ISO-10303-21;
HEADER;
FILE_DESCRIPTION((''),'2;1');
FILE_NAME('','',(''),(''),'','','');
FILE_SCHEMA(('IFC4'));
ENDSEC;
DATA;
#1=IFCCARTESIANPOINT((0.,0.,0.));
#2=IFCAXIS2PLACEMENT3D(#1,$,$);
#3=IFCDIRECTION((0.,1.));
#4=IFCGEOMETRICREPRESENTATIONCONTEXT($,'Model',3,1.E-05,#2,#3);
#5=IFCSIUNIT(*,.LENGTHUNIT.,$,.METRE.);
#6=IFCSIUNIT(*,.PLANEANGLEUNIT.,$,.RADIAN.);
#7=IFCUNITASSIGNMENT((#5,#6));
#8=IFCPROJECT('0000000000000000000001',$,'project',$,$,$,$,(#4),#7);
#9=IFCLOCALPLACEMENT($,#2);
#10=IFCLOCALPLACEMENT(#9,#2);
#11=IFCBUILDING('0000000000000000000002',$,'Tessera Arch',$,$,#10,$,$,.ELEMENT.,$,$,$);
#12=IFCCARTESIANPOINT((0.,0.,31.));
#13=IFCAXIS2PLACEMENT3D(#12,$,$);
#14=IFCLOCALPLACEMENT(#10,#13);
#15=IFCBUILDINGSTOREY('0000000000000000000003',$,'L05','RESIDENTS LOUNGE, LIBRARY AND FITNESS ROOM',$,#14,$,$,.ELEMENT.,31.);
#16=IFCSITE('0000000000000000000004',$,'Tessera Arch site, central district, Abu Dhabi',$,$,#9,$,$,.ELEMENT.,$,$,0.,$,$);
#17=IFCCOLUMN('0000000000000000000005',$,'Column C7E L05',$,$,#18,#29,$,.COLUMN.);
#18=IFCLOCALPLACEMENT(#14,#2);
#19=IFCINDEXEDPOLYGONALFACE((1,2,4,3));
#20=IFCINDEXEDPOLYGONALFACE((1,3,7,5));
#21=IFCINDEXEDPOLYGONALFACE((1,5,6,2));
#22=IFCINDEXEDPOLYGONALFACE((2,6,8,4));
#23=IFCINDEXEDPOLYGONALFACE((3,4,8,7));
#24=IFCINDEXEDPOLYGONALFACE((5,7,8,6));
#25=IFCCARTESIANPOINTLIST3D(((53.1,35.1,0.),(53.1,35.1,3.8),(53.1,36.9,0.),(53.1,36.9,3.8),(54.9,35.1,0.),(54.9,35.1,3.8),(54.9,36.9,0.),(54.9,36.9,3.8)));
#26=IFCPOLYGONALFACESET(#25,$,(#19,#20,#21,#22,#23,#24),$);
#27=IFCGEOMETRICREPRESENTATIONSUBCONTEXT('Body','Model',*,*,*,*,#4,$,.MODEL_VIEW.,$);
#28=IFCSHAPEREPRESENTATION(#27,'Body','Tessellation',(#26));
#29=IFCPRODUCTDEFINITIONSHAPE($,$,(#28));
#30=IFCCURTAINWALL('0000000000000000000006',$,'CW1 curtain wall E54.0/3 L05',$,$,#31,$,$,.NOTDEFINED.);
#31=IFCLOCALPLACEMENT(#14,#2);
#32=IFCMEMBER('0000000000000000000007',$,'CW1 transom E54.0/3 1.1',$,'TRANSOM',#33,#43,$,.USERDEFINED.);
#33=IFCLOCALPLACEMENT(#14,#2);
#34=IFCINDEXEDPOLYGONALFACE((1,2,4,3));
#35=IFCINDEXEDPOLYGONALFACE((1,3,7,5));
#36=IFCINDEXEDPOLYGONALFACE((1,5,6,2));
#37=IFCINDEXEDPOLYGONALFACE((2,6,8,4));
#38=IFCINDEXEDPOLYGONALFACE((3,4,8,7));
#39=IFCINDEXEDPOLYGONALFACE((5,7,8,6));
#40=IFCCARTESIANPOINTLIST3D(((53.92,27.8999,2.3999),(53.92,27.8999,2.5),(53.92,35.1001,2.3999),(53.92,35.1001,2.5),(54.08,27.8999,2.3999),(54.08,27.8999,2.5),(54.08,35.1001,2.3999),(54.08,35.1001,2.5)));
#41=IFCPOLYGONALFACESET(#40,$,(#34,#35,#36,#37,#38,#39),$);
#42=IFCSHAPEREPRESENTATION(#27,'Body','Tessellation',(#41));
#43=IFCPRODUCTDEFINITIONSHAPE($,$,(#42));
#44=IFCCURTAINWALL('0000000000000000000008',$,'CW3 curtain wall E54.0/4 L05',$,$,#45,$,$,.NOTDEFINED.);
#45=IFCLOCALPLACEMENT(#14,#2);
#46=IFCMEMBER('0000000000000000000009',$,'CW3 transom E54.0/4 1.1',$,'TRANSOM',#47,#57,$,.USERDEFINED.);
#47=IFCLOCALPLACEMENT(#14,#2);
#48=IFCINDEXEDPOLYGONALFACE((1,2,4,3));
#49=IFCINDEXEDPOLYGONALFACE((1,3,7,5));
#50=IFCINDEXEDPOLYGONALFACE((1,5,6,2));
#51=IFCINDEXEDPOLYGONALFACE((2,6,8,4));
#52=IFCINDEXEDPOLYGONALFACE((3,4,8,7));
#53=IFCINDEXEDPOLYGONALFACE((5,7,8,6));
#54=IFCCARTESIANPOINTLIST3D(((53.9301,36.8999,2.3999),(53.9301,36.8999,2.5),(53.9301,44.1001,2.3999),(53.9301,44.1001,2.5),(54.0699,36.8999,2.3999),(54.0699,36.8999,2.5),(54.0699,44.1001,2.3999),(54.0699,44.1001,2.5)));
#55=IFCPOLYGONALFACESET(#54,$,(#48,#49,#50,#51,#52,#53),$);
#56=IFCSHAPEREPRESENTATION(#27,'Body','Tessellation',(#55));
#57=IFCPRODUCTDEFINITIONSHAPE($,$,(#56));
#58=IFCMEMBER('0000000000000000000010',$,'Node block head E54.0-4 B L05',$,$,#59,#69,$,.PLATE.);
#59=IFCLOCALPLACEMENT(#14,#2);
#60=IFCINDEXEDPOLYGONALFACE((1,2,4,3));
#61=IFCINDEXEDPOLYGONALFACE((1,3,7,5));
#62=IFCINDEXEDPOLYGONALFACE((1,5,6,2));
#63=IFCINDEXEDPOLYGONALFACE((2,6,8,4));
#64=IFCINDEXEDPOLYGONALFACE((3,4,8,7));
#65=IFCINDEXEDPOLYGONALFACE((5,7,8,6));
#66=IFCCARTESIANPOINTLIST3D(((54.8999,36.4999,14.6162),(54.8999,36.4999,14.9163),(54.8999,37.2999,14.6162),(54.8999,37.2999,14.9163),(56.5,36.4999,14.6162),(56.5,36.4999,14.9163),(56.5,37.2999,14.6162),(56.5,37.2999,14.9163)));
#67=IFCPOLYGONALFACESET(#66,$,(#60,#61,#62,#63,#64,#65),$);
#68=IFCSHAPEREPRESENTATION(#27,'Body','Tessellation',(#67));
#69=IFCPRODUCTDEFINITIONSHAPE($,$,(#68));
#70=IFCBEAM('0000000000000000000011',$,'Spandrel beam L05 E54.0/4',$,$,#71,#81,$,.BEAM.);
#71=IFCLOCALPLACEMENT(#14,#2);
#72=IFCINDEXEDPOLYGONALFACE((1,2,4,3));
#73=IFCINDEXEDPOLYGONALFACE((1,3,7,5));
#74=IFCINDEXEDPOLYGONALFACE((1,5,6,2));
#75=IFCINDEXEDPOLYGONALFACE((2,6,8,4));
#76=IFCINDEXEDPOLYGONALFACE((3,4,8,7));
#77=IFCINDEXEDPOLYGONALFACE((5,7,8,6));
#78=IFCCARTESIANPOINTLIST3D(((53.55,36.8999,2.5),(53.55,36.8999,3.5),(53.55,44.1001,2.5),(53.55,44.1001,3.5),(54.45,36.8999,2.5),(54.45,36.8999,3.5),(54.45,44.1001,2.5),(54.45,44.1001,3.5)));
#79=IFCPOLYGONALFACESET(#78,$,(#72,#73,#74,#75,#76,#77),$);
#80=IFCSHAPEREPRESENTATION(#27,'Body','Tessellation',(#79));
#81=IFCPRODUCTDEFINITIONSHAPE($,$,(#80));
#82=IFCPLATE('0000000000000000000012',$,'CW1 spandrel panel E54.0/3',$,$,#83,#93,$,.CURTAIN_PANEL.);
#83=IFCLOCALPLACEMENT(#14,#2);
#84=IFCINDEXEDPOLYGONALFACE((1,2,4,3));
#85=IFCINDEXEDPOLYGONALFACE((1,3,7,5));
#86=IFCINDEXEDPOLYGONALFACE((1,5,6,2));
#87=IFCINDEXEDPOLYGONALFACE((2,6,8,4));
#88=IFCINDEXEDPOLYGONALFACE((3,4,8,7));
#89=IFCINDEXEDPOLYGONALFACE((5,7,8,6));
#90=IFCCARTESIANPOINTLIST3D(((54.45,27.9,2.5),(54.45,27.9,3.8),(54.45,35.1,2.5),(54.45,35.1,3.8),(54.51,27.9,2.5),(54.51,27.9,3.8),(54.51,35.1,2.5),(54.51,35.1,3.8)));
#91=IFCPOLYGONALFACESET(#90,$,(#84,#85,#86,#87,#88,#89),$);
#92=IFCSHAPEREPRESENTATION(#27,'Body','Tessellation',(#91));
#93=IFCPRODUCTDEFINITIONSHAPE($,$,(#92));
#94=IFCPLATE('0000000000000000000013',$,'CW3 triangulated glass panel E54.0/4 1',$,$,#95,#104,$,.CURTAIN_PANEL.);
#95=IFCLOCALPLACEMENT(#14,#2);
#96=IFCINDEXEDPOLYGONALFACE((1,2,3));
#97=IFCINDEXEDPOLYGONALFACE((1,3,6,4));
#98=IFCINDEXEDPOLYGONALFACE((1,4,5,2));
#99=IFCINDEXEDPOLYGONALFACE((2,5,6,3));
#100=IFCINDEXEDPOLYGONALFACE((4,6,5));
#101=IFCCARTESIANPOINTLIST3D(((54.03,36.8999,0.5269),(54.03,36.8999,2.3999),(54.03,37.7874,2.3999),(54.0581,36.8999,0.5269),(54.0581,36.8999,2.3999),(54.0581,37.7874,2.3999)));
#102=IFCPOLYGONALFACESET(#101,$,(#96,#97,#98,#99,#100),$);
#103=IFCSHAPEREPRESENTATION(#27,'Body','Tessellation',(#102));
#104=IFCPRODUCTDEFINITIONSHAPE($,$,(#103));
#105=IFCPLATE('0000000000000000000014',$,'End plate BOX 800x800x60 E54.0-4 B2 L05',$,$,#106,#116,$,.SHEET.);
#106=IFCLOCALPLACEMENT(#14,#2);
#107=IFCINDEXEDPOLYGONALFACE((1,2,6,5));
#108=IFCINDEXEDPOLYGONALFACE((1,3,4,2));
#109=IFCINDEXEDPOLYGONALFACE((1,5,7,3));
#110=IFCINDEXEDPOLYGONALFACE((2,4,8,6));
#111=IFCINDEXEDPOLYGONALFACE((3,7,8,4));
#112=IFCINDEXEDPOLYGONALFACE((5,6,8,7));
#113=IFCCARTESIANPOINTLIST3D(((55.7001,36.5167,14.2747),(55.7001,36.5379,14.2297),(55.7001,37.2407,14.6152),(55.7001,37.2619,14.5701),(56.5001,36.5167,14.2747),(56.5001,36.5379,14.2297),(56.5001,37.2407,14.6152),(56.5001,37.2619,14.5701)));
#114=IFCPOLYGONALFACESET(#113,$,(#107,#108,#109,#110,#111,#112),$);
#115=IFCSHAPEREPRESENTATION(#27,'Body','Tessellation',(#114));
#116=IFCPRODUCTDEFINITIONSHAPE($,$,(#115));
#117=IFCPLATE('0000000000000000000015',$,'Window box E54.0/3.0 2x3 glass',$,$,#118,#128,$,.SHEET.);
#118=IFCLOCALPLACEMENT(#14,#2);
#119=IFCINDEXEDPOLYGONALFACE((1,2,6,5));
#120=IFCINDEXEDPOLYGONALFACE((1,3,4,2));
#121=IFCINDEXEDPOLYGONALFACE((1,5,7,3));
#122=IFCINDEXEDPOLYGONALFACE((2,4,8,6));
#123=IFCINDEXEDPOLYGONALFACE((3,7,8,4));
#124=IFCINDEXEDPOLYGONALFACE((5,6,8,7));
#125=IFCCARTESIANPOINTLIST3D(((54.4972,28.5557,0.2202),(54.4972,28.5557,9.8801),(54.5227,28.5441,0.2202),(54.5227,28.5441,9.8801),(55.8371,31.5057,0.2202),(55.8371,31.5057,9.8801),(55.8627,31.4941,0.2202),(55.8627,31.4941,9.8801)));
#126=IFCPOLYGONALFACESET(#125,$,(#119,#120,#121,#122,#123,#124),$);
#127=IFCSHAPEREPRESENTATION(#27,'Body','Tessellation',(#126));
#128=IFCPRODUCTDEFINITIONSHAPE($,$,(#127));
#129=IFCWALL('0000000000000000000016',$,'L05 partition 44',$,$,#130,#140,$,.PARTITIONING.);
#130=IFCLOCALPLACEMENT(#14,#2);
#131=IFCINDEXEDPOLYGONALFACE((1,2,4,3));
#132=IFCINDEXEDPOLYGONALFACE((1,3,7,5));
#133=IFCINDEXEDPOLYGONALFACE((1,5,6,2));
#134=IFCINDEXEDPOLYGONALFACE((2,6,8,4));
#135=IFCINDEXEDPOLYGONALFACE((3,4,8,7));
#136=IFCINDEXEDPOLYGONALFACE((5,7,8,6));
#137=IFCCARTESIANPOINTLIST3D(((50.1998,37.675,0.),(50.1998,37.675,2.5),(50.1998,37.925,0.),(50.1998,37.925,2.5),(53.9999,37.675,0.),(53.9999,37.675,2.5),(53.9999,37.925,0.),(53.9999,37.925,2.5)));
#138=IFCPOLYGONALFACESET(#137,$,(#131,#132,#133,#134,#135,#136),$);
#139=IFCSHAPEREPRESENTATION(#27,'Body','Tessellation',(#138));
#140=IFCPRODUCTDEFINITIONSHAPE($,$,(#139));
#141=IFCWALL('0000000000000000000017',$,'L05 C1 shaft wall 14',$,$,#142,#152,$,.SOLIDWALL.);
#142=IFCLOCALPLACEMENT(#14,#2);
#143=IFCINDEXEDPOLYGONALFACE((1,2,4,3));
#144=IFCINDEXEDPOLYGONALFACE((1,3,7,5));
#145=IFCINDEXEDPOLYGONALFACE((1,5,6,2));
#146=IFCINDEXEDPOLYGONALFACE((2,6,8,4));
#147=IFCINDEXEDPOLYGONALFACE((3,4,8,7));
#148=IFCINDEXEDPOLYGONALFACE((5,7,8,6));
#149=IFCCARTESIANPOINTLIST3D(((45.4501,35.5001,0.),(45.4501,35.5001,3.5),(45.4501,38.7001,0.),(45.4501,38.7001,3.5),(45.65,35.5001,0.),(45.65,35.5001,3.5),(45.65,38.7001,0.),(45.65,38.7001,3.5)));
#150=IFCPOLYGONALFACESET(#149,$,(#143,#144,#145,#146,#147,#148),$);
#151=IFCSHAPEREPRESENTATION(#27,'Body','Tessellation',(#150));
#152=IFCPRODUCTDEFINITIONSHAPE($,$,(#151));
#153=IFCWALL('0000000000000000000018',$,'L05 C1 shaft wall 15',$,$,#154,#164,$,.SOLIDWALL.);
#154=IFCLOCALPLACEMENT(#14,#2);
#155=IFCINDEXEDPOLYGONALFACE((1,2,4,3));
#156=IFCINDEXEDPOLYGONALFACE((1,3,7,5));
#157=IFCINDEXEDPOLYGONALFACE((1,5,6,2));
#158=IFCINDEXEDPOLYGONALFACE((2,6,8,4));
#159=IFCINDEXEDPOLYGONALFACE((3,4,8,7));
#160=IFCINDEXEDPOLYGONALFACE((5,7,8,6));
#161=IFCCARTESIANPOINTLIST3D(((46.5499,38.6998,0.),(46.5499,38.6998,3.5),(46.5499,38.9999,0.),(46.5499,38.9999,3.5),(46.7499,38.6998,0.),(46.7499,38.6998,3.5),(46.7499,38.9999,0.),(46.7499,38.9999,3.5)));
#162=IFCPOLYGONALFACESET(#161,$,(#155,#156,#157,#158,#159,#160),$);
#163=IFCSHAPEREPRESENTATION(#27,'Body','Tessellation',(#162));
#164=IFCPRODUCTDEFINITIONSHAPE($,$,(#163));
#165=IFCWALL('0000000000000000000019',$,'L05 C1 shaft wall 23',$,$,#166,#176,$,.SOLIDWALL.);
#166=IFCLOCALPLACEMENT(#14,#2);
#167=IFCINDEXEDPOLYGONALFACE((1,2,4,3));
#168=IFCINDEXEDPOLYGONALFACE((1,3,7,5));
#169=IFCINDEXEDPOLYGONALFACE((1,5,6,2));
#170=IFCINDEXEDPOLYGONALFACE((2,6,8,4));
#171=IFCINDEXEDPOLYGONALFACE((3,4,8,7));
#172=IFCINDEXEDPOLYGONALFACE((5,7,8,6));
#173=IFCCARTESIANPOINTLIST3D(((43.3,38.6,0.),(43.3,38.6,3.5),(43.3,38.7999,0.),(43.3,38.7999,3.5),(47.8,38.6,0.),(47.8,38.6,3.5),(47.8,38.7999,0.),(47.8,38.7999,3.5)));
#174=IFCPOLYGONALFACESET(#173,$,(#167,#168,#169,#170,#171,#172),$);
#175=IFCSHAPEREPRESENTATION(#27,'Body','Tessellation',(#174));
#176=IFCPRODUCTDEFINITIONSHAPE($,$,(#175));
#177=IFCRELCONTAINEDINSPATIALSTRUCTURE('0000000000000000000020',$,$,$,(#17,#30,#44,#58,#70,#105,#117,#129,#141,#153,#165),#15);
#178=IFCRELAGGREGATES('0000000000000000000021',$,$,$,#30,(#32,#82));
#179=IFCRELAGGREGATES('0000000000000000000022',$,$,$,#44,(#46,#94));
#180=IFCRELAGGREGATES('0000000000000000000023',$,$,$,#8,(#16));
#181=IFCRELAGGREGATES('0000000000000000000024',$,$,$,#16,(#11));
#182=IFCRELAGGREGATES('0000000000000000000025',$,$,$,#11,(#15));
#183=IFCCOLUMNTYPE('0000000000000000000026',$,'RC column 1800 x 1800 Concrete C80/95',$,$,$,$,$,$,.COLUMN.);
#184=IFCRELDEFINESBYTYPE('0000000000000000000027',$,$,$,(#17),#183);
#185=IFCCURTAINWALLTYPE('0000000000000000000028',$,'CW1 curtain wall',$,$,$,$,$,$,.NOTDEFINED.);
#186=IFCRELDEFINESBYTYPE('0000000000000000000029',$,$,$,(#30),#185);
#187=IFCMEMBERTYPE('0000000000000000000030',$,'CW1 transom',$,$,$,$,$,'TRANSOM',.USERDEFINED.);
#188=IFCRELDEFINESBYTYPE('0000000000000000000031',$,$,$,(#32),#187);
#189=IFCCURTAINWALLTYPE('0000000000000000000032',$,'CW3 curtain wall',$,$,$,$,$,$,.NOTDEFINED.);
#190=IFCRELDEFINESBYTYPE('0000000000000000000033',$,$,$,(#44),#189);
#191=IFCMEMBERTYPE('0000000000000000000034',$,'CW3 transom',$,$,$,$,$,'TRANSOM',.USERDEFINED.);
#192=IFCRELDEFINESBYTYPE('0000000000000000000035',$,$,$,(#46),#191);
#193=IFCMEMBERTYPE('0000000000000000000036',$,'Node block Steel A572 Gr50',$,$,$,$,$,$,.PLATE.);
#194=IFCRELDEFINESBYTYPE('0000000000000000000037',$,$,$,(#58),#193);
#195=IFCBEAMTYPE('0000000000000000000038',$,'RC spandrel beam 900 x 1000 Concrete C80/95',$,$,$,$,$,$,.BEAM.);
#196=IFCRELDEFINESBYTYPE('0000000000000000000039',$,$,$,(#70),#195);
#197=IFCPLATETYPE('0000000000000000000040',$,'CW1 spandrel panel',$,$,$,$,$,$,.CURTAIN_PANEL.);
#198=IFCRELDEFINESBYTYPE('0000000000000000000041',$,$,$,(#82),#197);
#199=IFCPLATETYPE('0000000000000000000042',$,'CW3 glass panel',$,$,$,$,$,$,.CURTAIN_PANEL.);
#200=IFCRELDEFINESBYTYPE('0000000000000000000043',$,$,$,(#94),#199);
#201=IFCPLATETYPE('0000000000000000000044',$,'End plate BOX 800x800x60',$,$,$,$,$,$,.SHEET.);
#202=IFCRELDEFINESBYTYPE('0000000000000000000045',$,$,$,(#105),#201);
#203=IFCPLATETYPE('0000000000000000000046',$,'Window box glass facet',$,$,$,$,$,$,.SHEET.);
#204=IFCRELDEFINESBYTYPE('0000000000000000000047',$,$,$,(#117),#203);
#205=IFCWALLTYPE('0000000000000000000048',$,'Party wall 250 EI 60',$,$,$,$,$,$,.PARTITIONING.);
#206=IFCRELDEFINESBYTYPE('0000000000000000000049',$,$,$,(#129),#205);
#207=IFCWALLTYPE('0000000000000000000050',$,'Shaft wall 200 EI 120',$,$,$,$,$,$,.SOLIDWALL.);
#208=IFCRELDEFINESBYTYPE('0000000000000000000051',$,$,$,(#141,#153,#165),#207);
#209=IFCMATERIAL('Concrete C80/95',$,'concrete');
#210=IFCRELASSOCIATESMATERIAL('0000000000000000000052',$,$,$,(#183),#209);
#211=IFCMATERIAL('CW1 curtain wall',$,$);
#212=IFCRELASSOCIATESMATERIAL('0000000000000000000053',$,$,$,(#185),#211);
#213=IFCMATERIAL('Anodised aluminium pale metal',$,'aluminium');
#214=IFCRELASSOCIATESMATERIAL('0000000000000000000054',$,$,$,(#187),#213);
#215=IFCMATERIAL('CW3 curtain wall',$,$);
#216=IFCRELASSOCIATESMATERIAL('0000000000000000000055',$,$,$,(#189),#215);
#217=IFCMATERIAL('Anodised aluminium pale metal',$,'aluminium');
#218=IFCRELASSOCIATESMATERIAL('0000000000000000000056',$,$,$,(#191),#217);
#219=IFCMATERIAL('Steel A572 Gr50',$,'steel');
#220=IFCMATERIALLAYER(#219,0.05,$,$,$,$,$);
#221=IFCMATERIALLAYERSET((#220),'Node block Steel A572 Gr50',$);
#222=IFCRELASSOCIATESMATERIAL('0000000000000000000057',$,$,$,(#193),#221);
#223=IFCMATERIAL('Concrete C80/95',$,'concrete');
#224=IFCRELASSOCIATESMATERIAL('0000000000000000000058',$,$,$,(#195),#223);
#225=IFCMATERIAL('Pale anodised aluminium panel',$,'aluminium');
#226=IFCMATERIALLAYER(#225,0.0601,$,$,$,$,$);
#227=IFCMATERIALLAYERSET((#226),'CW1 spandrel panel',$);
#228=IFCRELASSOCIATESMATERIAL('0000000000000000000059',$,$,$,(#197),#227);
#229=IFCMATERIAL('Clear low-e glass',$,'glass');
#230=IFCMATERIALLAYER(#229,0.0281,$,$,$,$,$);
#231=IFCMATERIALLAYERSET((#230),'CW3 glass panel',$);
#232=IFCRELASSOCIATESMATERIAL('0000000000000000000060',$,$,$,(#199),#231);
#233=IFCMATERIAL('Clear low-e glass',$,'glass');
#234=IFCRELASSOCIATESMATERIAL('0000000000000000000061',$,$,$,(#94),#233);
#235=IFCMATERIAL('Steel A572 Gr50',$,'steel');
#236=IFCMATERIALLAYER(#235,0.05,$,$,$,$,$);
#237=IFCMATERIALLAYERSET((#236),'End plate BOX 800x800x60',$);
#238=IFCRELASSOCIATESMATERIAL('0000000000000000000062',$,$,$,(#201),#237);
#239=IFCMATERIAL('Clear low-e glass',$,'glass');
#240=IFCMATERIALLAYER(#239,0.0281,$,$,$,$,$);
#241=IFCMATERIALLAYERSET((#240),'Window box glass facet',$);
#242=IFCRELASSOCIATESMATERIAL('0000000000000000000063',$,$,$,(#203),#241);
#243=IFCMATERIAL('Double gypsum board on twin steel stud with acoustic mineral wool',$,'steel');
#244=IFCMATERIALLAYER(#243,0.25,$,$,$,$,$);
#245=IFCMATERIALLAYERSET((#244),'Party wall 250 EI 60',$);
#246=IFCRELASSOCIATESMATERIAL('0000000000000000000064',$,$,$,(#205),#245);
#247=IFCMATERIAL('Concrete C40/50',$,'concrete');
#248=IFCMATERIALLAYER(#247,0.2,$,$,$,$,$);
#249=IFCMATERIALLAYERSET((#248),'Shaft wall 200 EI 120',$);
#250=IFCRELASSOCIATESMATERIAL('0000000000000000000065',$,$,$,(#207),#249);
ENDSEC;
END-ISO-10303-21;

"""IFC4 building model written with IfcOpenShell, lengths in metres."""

from ifc_helpers import new_model, si_unit, direction, frame, frame_2d, origin, origin_2d, place, context, subcontext, project, spatial, polyline, rectangle, outline, extrude, material, layer, layer_set, material_profile, profile_set, type_object, element, aggregate, save


model = new_model("IFC4")

# Units and contexts
model_context = context("Model", 3, precision=1e-05, world=origin(), true_north=direction((0.0, 1.0)))
body_context = subcontext(model_context, "Body", "Model", "MODEL_VIEW")
ifc_project = project(units=[si_unit("LENGTHUNIT", "METRE"), si_unit("PLANEANGLEUNIT", "RADIAN")], contexts=[model_context])

# Site, building, storey
site_placement = place(None, origin())
site = spatial("IfcSite", under=ifc_project, at=site_placement, Name="Tessera Arch site, central district, Abu Dhabi", CompositionType="ELEMENT", RefElevation=0.0)
building_placement = place(site_placement, origin())
building = spatial("IfcBuilding", under=site, at=building_placement, Name="Tessera Arch", CompositionType="ELEMENT")
storey_placement = place(building_placement, frame((0.0, 0.0, 31.0)))
storey = spatial("IfcBuildingStorey", under=building, at=storey_placement, Name="L05", Description="RESIDENTS LOUNGE, LIBRARY AND FITNESS ROOM", CompositionType="ELEMENT", Elevation=31.0)

# Column
ifc_material_1 = material(Name="Concrete C80/95", Category="concrete")
ifc_material_profile_1 = material_profile(ifc_material_1, rectangle(XDim=1.8, YDim=1.8, at=origin_2d()), Name="RC column 1800 x 1800 Concrete C80/95")
ifc_profile_set_1 = profile_set([ifc_material_profile_1], Name="Concrete C80/95")
column_type = type_object("IfcColumnType", Name="RC column 1800 x 1800 Concrete C80/95", PredefinedType="COLUMN", material=ifc_profile_set_1)
column_placement = place(storey_placement, frame((54.0, 36.0, 0.0), z_axis=(0.0, 0.0, 1.0), x_axis=(1.0, 0.0, 0.0)))
element("IfcColumn", 1, at=column_placement, inside=storey, type_object=column_type, Name="Column C7E L05", PredefinedType="COLUMN", context=body_context, shape_type="SweptSolid", body=[
    extrude(rectangle(XDim=1.8, YDim=1.8, at=origin_2d()), origin(), (0.0, 0.0, 1.0), 3.8),
])

# Curtain walls, members
ifc_material_2 = material(Name="CW1 curtain wall")
curtain_wall_type_1 = type_object("IfcCurtainWallType", Name="CW1 curtain wall", PredefinedType="NOTDEFINED", material=ifc_material_2)
curtain_wall_1_placement = place(storey_placement, origin())
curtain_wall_1 = element("IfcCurtainWall", 2, at=curtain_wall_1_placement, inside=storey, type_object=curtain_wall_type_1, Name="CW1 curtain wall E54.0/3 L05", PredefinedType="NOTDEFINED")
ifc_material_3 = material(Name="Anodised aluminium pale metal", Category="aluminium")
ifc_material_profile_2 = material_profile(ifc_material_3, rectangle(XDim=0.1599, YDim=0.1001, at=origin_2d()), Name="AL 160x100")
ifc_profile_set_2 = profile_set([ifc_material_profile_2], Name="Anodised aluminium pale metal")
member_type_1 = type_object("IfcMemberType", Name="CW1 transom", ElementType="TRANSOM", PredefinedType="USERDEFINED", material=ifc_profile_set_2)
member_1_placement = place(storey_placement, frame((54.0, 27.8999, 2.45), z_axis=(0.0, 1.0, 0.0), x_axis=(-1.0, 0.0, 0.0)))
member_1 = element("IfcMember", 3, at=member_1_placement, type_object=member_type_1, Name="CW1 transom E54.0/3 1.1", ObjectType="TRANSOM", PredefinedType="USERDEFINED", context=body_context, shape_type="SweptSolid", body=[
    extrude(rectangle(XDim=0.1599, YDim=0.1001, at=origin_2d()), origin(), (0.0, 0.0, 1.0), 7.2002),
])
ifc_material_4 = material(Name="CW3 curtain wall")
curtain_wall_type_2 = type_object("IfcCurtainWallType", Name="CW3 curtain wall", PredefinedType="NOTDEFINED", material=ifc_material_4)
curtain_wall_2_placement = place(storey_placement, origin())
curtain_wall_2 = element("IfcCurtainWall", 4, at=curtain_wall_2_placement, inside=storey, type_object=curtain_wall_type_2, Name="CW3 curtain wall E54.0/4 L05", PredefinedType="NOTDEFINED")
ifc_material_5 = material(Name="Anodised aluminium pale metal", Category="aluminium")
ifc_material_profile_3 = material_profile(ifc_material_5, rectangle(XDim=0.1399, YDim=0.1001, at=origin_2d()), Name="AL 140x100")
ifc_profile_set_3 = profile_set([ifc_material_profile_3], Name="Anodised aluminium pale metal")
member_type_2 = type_object("IfcMemberType", Name="CW3 transom", ElementType="TRANSOM", PredefinedType="USERDEFINED", material=ifc_profile_set_3)
member_2_placement = place(storey_placement, frame((54.0, 36.8999, 2.45), z_axis=(0.0, 1.0, 0.0), x_axis=(-1.0, 0.0, 0.0)))
member_2 = element("IfcMember", 5, at=member_2_placement, type_object=member_type_2, Name="CW3 transom E54.0/4 1.1", ObjectType="TRANSOM", PredefinedType="USERDEFINED", context=body_context, shape_type="SweptSolid", body=[
    extrude(rectangle(XDim=0.1399, YDim=0.1001, at=origin_2d()), origin(), (0.0, 0.0, 1.0), 7.2002),
])

# Member
ifc_material_6 = material(Name="Steel A572 Gr50", Category="steel")
ifc_layer_1 = layer(ifc_material_6, 0.05)
ifc_layer_set_1 = layer_set([ifc_layer_1], Name="Node block Steel A572 Gr50")
member_type_3 = type_object("IfcMemberType", Name="Node block Steel A572 Gr50", PredefinedType="PLATE", material=ifc_layer_set_1)
member_3_placement = place(storey_placement, frame((55.7, 36.8999, 14.6162), z_axis=(0.0, 0.0, 1.0), x_axis=(0.0, 1.0, 0.0)))
element("IfcMember", 6, at=member_3_placement, inside=storey, type_object=member_type_3, Name="Node block head E54.0-4 B L05", PredefinedType="PLATE", context=body_context, shape_type="SweptSolid", body=[
    extrude(rectangle(XDim=0.8, YDim=1.6001, at=origin_2d()), origin(), (0.0, 0.0, 1.0), 0.3),
])

# Beam
ifc_material_7 = material(Name="Concrete C80/95", Category="concrete")
ifc_material_profile_4 = material_profile(ifc_material_7, rectangle(XDim=0.8999, YDim=1.0, at=origin_2d()), Name="RC spandrel beam 900 x 1000 Concrete C80/95")
ifc_profile_set_4 = profile_set([ifc_material_profile_4], Name="Concrete C80/95")
beam_type = type_object("IfcBeamType", Name="RC spandrel beam 900 x 1000 Concrete C80/95", PredefinedType="BEAM", material=ifc_profile_set_4)
beam_placement = place(storey_placement, frame((54.0, 36.8999, 3.0), z_axis=(0.0, 1.0, 0.0), x_axis=(-1.0, 0.0, 0.0)))
element("IfcBeam", 7, at=beam_placement, inside=storey, type_object=beam_type, Name="Spandrel beam L05 E54.0/4", PredefinedType="BEAM", context=body_context, shape_type="SweptSolid", body=[
    extrude(rectangle(XDim=0.8999, YDim=1.0, at=origin_2d()), origin(), (0.0, 0.0, 1.0), 7.2002),
])

# Plates
ifc_material_8 = material(Name="Pale anodised aluminium panel", Category="aluminium")
ifc_layer_2 = layer(ifc_material_8, 0.0601)
ifc_layer_set_2 = layer_set([ifc_layer_2], Name="CW1 spandrel panel")
plate_type_1 = type_object("IfcPlateType", Name="CW1 spandrel panel", PredefinedType="CURTAIN_PANEL", material=ifc_layer_set_2)
plate_1_placement = place(storey_placement, frame((54.48, 31.5, 2.5), z_axis=(0.0, 0.0, 1.0), x_axis=(0.0, 1.0, 0.0)))
plate_1 = element("IfcPlate", 8, at=plate_1_placement, type_object=plate_type_1, Name="CW1 spandrel panel E54.0/3", PredefinedType="CURTAIN_PANEL", context=body_context, shape_type="SweptSolid", body=[
    extrude(rectangle(XDim=7.2, YDim=0.0601, at=origin_2d()), origin(), (0.0, 0.0, 1.0), 1.3),
])
aggregate(curtain_wall_1, [member_1, plate_1])
ifc_material_9 = material(Name="Clear low-e glass", Category="glass")
ifc_material_10 = material(Name="Clear low-e glass", Category="glass")
ifc_layer_3 = layer(ifc_material_10, 0.0281)
ifc_layer_set_3 = layer_set([ifc_layer_3], Name="CW3 glass panel")
plate_type_2 = type_object("IfcPlateType", Name="CW3 glass panel", PredefinedType="CURTAIN_PANEL", material=ifc_layer_set_3)
plate_2_placement = place(storey_placement, frame((54.0581, 36.8999, 2.3999), z_axis=(1.0, 0.0, 0.0), x_axis=(0.0, 0.0, -1.0)))
plate_2 = element("IfcPlate", 9, at=plate_2_placement, type_object=plate_type_2, material=ifc_material_9, Name="CW3 triangulated glass panel E54.0/4 1", PredefinedType="CURTAIN_PANEL", context=body_context, shape_type="SweptSolid", body=[
    extrude(outline(polyline([(0.0, 0.0), (1.873, 0.0), (0.0, 0.8875), (0.0, 0.0)])), origin(), (0.0, 0.0, -1.0), 0.0281),
])
aggregate(curtain_wall_2, [member_2, plate_2])

# Plates
ifc_material_11 = material(Name="Steel A572 Gr50", Category="steel")
ifc_layer_4 = layer(ifc_material_11, 0.05)
ifc_layer_set_4 = layer_set([ifc_layer_4], Name="End plate BOX 800x800x60")
plate_type_3 = type_object("IfcPlateType", Name="End plate BOX 800x800x60", PredefinedType="SHEET", material=ifc_layer_set_4)
plate_3_placement = place(storey_placement, frame((56.1001, 36.8999, 14.3999), z_axis=(0.0, -0.425561, 0.90493), x_axis=(1.0, 0.0, 0.0)))
element("IfcPlate", 10, at=plate_3_placement, inside=storey, type_object=plate_type_3, Name="End plate BOX 800x800x60 E54.0-4 B2 L05", PredefinedType="SHEET", context=body_context, shape_type="SweptSolid", body=[
    extrude(rectangle(XDim=0.8, YDim=0.8, at=origin_2d()), origin(), (0.0, 0.0, 1.0), 0.0498),
])
ifc_material_12 = material(Name="Clear low-e glass", Category="glass")
ifc_layer_5 = layer(ifc_material_12, 0.0281)
ifc_layer_set_5 = layer_set([ifc_layer_5], Name="Window box glass facet")
plate_type_4 = type_object("IfcPlateType", Name="Window box glass facet", PredefinedType="SHEET", material=ifc_layer_set_5)
plate_4_placement = place(storey_placement, frame((55.1799, 30.0249, 0.2202), z_axis=(0.0, 0.0, 1.0), x_axis=(0.41357, 0.910472, 0.0)))
element("IfcPlate", 11, at=plate_4_placement, inside=storey, type_object=plate_type_4, Name="Window box E54.0/3.0 2x3 glass", PredefinedType="SHEET", context=body_context, shape_type="SweptSolid", body=[
    extrude(rectangle(XDim=3.24, YDim=0.0281, at=origin_2d()), origin(), (0.0, 0.0, 1.0), 9.6599),
])

# Walls
ifc_material_13 = material(Name="Double gypsum board on twin steel stud with acoustic mineral wool", Category="steel")
ifc_layer_6 = layer(ifc_material_13, 0.25)
ifc_layer_set_6 = layer_set([ifc_layer_6], Name="Party wall 250 EI 60")
wall_type_1 = type_object("IfcWallType", Name="Party wall 250 EI 60", PredefinedType="PARTITIONING", material=ifc_layer_set_6)
wall_1_placement = place(storey_placement, frame((50.2, 37.8, 0.0), z_axis=(0.0, 0.0, 1.0), x_axis=(1.0, 0.0, 0.0)))
element("IfcWall", 12, at=wall_1_placement, inside=storey, type_object=wall_type_1, Name="L05 partition 44", PredefinedType="PARTITIONING", context=body_context, shape_type="SweptSolid", body=[
    extrude(rectangle(XDim=3.8, YDim=0.25, at=frame_2d((1.8999, 0.0))), origin(), (0.0, 0.0, 1.0), 2.5),
])
ifc_material_14 = material(Name="Concrete C40/50", Category="concrete")
ifc_layer_7 = layer(ifc_material_14, 0.2)
ifc_layer_set_7 = layer_set([ifc_layer_7], Name="Shaft wall 200 EI 120")
wall_type_2 = type_object("IfcWallType", Name="Shaft wall 200 EI 120", PredefinedType="SOLIDWALL", material=ifc_layer_set_7)
wall_2_placement = place(storey_placement, frame((45.55, 35.5, 0.0), z_axis=(0.0, 0.0, 1.0), x_axis=(0.0, 1.0, 0.0)))
element("IfcWall", 13, at=wall_2_placement, inside=storey, type_object=wall_type_2, Name="L05 C1 shaft wall 14", PredefinedType="SOLIDWALL", context=body_context, shape_type="SweptSolid", body=[
    extrude(rectangle(XDim=3.2, YDim=0.2, at=frame_2d((1.6001, 0.0))), origin(), (0.0, 0.0, 1.0), 3.5),
])
wall_3_placement = place(storey_placement, frame((46.6499, 38.7, 0.0), z_axis=(0.0, 0.0, 1.0), x_axis=(0.0, 1.0, 0.0)))
element("IfcWall", 14, at=wall_3_placement, inside=storey, type_object=wall_type_2, Name="L05 C1 shaft wall 15", PredefinedType="SOLIDWALL", context=body_context, shape_type="SweptSolid", body=[
    extrude(rectangle(XDim=0.3, YDim=0.2, at=frame_2d((0.1499, 0.0))), origin(), (0.0, 0.0, 1.0), 3.5),
])
wall_4_placement = place(storey_placement, frame((43.3, 38.7, 0.0), z_axis=(0.0, 0.0, 1.0), x_axis=(1.0, 0.0, 0.0)))
element("IfcWall", 15, at=wall_4_placement, inside=storey, type_object=wall_type_2, Name="L05 C1 shaft wall 23", PredefinedType="SOLIDWALL", context=body_context, shape_type="SweptSolid", body=[
    extrude(rectangle(XDim=4.5, YDim=0.2, at=frame_2d((2.25, 0.0))), origin(), (0.0, 0.0, 1.0), 3.5),
])

save(model, "model.ifc")
